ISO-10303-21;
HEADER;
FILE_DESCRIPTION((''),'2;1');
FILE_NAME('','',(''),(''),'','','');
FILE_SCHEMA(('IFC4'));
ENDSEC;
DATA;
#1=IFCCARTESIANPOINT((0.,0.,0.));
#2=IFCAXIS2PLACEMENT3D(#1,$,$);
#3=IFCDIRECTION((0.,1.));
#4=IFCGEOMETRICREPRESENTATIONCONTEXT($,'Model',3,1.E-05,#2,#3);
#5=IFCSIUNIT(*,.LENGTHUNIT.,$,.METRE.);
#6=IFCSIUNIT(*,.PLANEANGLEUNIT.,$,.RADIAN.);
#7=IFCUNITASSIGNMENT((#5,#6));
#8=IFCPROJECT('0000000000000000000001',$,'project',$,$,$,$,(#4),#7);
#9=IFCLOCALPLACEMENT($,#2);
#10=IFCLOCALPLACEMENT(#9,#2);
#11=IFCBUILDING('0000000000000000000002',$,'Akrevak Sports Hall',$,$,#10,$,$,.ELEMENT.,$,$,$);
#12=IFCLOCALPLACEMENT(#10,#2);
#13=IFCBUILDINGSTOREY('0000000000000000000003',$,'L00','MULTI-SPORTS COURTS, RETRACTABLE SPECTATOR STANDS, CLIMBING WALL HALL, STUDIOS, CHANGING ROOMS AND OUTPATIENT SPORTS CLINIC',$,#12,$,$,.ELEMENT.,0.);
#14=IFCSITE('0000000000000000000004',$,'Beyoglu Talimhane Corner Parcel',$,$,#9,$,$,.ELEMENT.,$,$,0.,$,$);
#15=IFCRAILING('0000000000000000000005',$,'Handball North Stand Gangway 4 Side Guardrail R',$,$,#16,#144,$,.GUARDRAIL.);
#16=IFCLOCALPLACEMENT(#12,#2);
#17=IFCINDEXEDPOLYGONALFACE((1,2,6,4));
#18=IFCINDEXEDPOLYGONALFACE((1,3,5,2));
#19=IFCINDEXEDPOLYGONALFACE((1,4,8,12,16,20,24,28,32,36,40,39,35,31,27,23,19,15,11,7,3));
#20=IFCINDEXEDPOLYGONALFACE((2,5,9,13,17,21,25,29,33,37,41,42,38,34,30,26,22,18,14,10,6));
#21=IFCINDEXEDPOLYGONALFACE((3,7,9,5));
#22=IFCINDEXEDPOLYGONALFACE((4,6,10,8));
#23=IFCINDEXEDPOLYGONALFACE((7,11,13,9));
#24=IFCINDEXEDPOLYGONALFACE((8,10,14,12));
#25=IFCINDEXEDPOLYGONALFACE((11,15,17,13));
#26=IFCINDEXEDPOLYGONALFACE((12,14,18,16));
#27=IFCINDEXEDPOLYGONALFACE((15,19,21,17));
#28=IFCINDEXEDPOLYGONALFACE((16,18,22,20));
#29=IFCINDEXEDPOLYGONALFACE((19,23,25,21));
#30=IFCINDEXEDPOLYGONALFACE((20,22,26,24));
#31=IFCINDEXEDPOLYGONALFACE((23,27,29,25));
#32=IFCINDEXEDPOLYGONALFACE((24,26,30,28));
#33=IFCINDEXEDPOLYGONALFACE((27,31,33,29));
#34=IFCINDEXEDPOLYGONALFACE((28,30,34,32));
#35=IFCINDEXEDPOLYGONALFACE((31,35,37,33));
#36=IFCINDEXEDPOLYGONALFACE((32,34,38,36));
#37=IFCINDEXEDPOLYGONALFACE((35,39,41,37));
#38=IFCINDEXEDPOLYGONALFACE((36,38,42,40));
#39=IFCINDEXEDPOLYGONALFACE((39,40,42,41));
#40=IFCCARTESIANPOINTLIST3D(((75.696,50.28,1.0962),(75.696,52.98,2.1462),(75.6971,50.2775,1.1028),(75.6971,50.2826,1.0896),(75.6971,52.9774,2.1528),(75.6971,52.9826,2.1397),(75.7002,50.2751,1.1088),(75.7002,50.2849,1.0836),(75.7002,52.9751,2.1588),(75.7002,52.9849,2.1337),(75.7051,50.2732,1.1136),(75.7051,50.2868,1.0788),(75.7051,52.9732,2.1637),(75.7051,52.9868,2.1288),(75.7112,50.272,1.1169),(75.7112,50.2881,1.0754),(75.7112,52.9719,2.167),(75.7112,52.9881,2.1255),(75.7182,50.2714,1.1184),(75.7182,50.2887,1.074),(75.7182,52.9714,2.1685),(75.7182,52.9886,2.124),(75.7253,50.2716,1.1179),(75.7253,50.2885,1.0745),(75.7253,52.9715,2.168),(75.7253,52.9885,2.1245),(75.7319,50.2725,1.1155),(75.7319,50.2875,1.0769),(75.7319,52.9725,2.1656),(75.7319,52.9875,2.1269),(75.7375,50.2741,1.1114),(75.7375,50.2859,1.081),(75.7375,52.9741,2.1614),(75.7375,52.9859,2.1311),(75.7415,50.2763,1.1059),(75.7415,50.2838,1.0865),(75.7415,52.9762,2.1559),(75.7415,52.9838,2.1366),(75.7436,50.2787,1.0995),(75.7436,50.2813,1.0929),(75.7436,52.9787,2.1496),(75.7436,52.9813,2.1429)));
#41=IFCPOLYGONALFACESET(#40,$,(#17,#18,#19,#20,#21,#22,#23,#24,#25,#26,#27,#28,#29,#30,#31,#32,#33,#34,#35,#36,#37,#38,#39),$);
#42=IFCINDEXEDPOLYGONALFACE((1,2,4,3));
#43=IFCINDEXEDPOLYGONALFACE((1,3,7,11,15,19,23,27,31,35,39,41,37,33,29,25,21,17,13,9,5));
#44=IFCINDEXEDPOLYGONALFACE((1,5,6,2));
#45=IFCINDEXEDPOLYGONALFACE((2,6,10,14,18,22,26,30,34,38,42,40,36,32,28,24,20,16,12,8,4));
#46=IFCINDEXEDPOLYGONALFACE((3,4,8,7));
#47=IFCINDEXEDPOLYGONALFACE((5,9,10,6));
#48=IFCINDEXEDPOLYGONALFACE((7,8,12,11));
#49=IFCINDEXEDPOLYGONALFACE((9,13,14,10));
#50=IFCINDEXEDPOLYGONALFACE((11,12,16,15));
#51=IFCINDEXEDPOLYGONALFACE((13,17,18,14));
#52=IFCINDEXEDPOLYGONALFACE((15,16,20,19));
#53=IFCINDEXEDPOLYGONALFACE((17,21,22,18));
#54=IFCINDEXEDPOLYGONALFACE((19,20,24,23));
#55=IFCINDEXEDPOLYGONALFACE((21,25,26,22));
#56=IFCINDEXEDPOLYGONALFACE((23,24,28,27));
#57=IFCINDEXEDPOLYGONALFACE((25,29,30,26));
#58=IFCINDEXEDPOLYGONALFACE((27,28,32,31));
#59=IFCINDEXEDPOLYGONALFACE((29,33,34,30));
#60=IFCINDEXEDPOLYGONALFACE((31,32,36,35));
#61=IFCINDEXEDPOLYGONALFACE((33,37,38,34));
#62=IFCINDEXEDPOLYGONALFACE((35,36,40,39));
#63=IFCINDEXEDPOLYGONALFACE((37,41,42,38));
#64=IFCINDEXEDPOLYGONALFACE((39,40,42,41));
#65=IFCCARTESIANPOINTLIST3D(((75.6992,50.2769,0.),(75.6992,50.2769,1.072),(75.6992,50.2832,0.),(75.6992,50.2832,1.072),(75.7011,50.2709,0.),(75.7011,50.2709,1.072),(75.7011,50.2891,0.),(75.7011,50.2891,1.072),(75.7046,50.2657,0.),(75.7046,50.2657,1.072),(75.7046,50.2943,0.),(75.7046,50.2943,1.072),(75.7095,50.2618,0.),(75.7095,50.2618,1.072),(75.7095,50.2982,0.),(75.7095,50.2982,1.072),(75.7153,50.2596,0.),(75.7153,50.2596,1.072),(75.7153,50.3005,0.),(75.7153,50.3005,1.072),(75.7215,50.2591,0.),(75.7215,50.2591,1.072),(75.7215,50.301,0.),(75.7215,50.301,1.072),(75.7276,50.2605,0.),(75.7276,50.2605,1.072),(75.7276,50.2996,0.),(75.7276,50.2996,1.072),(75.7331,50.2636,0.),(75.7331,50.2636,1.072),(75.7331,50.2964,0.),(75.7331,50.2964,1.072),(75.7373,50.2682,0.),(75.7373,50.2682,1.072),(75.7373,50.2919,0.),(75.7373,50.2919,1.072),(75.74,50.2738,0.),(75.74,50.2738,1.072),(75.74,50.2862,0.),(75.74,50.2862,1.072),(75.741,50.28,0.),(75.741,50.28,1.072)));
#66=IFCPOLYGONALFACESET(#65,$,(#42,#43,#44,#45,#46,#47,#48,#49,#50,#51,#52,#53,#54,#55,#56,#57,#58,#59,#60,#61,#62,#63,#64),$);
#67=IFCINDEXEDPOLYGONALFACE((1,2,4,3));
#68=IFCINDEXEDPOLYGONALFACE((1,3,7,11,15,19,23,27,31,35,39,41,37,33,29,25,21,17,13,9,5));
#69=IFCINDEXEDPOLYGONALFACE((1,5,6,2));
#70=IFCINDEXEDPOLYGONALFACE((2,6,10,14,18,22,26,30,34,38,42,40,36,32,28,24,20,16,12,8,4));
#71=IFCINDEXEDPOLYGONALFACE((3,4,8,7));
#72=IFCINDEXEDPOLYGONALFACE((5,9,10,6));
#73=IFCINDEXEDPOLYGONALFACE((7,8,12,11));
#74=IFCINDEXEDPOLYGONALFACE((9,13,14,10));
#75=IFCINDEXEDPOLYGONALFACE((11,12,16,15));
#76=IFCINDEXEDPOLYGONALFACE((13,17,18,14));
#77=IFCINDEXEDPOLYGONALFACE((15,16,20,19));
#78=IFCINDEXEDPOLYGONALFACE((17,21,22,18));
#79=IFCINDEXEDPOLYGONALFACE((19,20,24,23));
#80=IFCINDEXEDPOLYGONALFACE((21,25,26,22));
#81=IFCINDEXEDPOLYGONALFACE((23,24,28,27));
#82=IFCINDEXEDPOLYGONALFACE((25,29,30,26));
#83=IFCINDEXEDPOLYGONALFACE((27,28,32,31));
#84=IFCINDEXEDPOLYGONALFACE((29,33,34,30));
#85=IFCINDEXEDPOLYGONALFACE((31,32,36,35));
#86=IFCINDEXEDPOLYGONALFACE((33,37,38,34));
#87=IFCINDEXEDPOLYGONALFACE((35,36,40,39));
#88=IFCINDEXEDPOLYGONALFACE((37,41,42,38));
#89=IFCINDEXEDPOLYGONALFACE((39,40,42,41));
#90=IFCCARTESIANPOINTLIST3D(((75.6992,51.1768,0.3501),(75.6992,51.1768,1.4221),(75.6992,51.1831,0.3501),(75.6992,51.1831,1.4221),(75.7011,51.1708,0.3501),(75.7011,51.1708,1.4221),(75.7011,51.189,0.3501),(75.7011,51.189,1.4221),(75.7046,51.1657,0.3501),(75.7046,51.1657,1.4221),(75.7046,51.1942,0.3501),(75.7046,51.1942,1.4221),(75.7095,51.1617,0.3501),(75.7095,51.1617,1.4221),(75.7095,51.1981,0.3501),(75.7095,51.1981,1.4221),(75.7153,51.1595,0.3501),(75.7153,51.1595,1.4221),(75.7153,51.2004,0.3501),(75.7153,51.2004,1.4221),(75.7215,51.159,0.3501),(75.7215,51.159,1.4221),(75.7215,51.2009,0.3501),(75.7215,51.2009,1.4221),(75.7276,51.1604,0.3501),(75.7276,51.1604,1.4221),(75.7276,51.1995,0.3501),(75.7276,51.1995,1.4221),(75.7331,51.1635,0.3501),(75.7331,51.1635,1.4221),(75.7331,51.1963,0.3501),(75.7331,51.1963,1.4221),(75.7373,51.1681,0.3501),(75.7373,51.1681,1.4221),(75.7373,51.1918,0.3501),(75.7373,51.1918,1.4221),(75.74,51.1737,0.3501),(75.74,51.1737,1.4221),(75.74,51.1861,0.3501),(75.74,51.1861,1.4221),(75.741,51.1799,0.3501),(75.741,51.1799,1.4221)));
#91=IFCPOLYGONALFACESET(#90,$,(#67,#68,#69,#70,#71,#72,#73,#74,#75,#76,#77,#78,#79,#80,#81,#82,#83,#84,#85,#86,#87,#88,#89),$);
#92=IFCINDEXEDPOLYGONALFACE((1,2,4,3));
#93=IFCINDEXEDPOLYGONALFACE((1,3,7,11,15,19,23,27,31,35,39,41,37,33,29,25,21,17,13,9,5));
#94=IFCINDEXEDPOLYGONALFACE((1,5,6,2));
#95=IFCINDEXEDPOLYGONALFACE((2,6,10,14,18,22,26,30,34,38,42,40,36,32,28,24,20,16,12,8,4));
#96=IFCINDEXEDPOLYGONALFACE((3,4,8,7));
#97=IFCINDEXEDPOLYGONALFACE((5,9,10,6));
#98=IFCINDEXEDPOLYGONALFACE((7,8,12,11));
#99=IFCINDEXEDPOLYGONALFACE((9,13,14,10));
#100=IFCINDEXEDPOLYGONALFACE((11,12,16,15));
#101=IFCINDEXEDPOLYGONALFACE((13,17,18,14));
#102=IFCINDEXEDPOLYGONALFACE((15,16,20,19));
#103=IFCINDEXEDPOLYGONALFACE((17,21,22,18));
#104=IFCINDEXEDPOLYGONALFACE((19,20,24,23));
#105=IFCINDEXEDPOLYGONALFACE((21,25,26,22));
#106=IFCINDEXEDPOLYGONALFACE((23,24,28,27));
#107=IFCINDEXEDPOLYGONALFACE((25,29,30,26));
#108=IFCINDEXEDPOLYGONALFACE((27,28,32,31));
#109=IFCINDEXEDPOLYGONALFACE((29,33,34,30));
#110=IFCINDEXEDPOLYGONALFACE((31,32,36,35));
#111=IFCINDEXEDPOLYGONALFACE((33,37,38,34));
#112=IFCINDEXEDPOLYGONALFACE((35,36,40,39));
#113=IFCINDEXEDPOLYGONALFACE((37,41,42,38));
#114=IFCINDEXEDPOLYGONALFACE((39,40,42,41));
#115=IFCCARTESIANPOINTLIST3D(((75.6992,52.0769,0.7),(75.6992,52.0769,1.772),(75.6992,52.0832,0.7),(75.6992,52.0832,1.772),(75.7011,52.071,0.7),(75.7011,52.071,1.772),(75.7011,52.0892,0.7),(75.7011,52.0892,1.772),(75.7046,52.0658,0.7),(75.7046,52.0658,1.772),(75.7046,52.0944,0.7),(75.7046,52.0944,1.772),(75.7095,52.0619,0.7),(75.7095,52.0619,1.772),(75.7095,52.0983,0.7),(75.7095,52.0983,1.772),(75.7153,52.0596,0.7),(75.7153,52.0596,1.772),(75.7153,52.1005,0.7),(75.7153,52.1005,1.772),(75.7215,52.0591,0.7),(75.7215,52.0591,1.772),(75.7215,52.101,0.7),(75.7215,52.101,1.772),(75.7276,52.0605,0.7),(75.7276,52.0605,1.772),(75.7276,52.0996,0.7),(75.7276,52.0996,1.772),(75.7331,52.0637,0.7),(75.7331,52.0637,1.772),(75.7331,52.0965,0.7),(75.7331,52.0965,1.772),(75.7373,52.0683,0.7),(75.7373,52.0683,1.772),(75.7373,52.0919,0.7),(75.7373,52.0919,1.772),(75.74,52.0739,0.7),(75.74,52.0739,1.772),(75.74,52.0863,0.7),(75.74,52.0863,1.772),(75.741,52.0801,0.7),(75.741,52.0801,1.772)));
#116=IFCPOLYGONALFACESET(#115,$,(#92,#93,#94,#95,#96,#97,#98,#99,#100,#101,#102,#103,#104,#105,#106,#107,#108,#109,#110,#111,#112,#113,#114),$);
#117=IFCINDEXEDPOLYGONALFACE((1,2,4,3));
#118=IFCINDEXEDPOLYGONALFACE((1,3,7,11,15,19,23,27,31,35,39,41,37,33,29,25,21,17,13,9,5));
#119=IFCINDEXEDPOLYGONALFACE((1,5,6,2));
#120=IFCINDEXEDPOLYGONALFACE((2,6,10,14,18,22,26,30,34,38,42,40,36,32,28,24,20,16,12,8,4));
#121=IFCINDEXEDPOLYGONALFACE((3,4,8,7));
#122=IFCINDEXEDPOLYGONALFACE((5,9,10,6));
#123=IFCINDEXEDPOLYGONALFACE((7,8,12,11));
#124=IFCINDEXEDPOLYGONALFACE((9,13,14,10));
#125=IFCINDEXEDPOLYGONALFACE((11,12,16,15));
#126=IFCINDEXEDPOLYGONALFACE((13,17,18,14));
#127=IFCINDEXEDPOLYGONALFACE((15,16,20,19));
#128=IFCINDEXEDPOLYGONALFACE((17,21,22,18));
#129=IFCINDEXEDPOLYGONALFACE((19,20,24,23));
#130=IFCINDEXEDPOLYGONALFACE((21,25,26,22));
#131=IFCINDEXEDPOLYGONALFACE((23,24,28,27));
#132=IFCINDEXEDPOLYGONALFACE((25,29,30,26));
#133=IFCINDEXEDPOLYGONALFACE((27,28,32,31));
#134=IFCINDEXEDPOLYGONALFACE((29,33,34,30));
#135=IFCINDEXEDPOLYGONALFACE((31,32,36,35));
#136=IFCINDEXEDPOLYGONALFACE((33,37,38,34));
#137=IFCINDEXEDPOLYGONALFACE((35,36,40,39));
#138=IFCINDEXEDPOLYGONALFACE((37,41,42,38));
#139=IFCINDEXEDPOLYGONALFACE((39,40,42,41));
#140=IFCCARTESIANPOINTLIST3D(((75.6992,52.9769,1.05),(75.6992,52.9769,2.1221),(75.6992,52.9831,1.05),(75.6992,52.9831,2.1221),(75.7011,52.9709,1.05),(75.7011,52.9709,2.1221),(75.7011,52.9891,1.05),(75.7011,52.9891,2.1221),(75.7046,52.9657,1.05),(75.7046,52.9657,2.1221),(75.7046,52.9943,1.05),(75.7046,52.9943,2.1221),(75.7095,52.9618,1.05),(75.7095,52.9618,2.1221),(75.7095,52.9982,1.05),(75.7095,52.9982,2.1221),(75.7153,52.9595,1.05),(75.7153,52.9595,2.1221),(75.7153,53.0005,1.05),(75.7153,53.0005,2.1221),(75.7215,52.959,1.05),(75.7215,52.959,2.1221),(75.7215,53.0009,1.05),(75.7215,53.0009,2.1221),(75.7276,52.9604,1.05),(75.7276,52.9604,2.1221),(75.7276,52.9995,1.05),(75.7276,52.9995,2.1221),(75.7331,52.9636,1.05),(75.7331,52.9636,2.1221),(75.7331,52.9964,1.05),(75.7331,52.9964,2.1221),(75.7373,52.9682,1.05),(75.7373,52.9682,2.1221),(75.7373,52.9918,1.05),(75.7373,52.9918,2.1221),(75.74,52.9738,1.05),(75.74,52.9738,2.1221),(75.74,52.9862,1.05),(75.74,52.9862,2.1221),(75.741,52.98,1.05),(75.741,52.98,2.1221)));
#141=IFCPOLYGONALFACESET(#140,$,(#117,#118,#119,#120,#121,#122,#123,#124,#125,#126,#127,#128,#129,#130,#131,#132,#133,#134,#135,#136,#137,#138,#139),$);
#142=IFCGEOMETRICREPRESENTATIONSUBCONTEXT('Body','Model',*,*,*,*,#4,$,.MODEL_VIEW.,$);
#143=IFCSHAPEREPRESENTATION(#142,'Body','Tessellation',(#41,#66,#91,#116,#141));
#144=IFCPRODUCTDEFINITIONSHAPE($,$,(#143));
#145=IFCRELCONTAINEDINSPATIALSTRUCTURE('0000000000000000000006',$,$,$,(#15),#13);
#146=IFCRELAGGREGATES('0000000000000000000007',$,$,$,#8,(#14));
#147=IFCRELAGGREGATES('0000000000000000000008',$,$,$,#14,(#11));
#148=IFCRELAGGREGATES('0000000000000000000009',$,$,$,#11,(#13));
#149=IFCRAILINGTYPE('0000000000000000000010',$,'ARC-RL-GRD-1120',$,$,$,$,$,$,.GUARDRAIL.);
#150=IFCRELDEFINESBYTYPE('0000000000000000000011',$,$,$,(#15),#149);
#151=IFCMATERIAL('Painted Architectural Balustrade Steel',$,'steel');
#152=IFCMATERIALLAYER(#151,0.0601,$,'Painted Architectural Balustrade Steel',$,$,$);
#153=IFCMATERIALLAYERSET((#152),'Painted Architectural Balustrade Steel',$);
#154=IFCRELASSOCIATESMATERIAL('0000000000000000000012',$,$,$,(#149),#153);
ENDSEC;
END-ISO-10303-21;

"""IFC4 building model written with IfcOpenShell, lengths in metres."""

from ifc_helpers import new_model, si_unit, direction, frame, origin, origin_2d, place, context, subcontext, project, spatial, circle, extrude, material, layer, layer_set, type_object, element, save


model = new_model("IFC4")

# Units and contexts
model_context = context("Model", 3, precision=1e-05, world=origin(), true_north=direction((0.0, 1.0)))
body_context = subcontext(model_context, "Body", "Model", "MODEL_VIEW")
ifc_project = project(units=[si_unit("LENGTHUNIT", "METRE"), si_unit("PLANEANGLEUNIT", "RADIAN")], contexts=[model_context])

# Site, building, storey
site_placement = place(None, origin())
site = spatial("IfcSite", under=ifc_project, at=site_placement, Name="Beyoglu Talimhane Corner Parcel", CompositionType="ELEMENT", RefElevation=0.0)
building_placement = place(site_placement, origin())
building = spatial("IfcBuilding", under=site, at=building_placement, Name="Akrevak Sports Hall", CompositionType="ELEMENT")
storey_placement = place(building_placement, origin())
storey = spatial("IfcBuildingStorey", under=building, at=storey_placement, Name="L00", Description="MULTI-SPORTS COURTS, RETRACTABLE SPECTATOR STANDS, CLIMBING WALL HALL, STUDIOS, CHANGING ROOMS AND OUTPATIENT SPORTS CLINIC", CompositionType="ELEMENT", Elevation=0.0)

# Railing
ifc_material_1 = material(Name="Painted Architectural Balustrade Steel", Category="steel")
ifc_layer_1 = layer(ifc_material_1, 0.0601, Name="Painted Architectural Balustrade Steel")
ifc_layer_set_1 = layer_set([ifc_layer_1], Name="Painted Architectural Balustrade Steel")
railing_type_1 = type_object("IfcRailingType", Name="ARC-RL-GRD-1120", PredefinedType="GUARDRAIL", material=ifc_layer_set_1)
railing_1_placement = place(storey_placement, frame((75.72, 50.28, 0.0)))
element("IfcRailing", 1, at=railing_1_placement, inside=storey, type_object=railing_type_1, Name="Handball North Stand Gangway 4 Side Guardrail R", PredefinedType="GUARDRAIL", context=body_context, shape_type="SweptSolid", body=[
    extrude(circle(Radius=0.0239, at=origin_2d()), frame((0.0, 0.0, 1.0962), z_axis=(0.0, 0.931997, 0.362467), x_axis=(-1.0, 0.0, 0.0)), (0.0, 0.0, 1.0), 2.897),
    extrude(circle(Radius=0.021, at=origin_2d()), origin(), (0.0, 0.0, 1.0), 1.072),
    extrude(circle(Radius=0.021, at=origin_2d()), frame((0.0, 0.8999, 0.3501)), (0.0, 0.0, 1.0), 1.072),
    extrude(circle(Radius=0.021, at=origin_2d()), frame((0.0, 1.8, 0.7)), (0.0, 0.0, 1.0), 1.072),
    extrude(circle(Radius=0.021, at=origin_2d()), frame((0.0, 2.7, 1.05)), (0.0, 0.0, 1.0), 1.072),
])

save(model, "model.ifc")
